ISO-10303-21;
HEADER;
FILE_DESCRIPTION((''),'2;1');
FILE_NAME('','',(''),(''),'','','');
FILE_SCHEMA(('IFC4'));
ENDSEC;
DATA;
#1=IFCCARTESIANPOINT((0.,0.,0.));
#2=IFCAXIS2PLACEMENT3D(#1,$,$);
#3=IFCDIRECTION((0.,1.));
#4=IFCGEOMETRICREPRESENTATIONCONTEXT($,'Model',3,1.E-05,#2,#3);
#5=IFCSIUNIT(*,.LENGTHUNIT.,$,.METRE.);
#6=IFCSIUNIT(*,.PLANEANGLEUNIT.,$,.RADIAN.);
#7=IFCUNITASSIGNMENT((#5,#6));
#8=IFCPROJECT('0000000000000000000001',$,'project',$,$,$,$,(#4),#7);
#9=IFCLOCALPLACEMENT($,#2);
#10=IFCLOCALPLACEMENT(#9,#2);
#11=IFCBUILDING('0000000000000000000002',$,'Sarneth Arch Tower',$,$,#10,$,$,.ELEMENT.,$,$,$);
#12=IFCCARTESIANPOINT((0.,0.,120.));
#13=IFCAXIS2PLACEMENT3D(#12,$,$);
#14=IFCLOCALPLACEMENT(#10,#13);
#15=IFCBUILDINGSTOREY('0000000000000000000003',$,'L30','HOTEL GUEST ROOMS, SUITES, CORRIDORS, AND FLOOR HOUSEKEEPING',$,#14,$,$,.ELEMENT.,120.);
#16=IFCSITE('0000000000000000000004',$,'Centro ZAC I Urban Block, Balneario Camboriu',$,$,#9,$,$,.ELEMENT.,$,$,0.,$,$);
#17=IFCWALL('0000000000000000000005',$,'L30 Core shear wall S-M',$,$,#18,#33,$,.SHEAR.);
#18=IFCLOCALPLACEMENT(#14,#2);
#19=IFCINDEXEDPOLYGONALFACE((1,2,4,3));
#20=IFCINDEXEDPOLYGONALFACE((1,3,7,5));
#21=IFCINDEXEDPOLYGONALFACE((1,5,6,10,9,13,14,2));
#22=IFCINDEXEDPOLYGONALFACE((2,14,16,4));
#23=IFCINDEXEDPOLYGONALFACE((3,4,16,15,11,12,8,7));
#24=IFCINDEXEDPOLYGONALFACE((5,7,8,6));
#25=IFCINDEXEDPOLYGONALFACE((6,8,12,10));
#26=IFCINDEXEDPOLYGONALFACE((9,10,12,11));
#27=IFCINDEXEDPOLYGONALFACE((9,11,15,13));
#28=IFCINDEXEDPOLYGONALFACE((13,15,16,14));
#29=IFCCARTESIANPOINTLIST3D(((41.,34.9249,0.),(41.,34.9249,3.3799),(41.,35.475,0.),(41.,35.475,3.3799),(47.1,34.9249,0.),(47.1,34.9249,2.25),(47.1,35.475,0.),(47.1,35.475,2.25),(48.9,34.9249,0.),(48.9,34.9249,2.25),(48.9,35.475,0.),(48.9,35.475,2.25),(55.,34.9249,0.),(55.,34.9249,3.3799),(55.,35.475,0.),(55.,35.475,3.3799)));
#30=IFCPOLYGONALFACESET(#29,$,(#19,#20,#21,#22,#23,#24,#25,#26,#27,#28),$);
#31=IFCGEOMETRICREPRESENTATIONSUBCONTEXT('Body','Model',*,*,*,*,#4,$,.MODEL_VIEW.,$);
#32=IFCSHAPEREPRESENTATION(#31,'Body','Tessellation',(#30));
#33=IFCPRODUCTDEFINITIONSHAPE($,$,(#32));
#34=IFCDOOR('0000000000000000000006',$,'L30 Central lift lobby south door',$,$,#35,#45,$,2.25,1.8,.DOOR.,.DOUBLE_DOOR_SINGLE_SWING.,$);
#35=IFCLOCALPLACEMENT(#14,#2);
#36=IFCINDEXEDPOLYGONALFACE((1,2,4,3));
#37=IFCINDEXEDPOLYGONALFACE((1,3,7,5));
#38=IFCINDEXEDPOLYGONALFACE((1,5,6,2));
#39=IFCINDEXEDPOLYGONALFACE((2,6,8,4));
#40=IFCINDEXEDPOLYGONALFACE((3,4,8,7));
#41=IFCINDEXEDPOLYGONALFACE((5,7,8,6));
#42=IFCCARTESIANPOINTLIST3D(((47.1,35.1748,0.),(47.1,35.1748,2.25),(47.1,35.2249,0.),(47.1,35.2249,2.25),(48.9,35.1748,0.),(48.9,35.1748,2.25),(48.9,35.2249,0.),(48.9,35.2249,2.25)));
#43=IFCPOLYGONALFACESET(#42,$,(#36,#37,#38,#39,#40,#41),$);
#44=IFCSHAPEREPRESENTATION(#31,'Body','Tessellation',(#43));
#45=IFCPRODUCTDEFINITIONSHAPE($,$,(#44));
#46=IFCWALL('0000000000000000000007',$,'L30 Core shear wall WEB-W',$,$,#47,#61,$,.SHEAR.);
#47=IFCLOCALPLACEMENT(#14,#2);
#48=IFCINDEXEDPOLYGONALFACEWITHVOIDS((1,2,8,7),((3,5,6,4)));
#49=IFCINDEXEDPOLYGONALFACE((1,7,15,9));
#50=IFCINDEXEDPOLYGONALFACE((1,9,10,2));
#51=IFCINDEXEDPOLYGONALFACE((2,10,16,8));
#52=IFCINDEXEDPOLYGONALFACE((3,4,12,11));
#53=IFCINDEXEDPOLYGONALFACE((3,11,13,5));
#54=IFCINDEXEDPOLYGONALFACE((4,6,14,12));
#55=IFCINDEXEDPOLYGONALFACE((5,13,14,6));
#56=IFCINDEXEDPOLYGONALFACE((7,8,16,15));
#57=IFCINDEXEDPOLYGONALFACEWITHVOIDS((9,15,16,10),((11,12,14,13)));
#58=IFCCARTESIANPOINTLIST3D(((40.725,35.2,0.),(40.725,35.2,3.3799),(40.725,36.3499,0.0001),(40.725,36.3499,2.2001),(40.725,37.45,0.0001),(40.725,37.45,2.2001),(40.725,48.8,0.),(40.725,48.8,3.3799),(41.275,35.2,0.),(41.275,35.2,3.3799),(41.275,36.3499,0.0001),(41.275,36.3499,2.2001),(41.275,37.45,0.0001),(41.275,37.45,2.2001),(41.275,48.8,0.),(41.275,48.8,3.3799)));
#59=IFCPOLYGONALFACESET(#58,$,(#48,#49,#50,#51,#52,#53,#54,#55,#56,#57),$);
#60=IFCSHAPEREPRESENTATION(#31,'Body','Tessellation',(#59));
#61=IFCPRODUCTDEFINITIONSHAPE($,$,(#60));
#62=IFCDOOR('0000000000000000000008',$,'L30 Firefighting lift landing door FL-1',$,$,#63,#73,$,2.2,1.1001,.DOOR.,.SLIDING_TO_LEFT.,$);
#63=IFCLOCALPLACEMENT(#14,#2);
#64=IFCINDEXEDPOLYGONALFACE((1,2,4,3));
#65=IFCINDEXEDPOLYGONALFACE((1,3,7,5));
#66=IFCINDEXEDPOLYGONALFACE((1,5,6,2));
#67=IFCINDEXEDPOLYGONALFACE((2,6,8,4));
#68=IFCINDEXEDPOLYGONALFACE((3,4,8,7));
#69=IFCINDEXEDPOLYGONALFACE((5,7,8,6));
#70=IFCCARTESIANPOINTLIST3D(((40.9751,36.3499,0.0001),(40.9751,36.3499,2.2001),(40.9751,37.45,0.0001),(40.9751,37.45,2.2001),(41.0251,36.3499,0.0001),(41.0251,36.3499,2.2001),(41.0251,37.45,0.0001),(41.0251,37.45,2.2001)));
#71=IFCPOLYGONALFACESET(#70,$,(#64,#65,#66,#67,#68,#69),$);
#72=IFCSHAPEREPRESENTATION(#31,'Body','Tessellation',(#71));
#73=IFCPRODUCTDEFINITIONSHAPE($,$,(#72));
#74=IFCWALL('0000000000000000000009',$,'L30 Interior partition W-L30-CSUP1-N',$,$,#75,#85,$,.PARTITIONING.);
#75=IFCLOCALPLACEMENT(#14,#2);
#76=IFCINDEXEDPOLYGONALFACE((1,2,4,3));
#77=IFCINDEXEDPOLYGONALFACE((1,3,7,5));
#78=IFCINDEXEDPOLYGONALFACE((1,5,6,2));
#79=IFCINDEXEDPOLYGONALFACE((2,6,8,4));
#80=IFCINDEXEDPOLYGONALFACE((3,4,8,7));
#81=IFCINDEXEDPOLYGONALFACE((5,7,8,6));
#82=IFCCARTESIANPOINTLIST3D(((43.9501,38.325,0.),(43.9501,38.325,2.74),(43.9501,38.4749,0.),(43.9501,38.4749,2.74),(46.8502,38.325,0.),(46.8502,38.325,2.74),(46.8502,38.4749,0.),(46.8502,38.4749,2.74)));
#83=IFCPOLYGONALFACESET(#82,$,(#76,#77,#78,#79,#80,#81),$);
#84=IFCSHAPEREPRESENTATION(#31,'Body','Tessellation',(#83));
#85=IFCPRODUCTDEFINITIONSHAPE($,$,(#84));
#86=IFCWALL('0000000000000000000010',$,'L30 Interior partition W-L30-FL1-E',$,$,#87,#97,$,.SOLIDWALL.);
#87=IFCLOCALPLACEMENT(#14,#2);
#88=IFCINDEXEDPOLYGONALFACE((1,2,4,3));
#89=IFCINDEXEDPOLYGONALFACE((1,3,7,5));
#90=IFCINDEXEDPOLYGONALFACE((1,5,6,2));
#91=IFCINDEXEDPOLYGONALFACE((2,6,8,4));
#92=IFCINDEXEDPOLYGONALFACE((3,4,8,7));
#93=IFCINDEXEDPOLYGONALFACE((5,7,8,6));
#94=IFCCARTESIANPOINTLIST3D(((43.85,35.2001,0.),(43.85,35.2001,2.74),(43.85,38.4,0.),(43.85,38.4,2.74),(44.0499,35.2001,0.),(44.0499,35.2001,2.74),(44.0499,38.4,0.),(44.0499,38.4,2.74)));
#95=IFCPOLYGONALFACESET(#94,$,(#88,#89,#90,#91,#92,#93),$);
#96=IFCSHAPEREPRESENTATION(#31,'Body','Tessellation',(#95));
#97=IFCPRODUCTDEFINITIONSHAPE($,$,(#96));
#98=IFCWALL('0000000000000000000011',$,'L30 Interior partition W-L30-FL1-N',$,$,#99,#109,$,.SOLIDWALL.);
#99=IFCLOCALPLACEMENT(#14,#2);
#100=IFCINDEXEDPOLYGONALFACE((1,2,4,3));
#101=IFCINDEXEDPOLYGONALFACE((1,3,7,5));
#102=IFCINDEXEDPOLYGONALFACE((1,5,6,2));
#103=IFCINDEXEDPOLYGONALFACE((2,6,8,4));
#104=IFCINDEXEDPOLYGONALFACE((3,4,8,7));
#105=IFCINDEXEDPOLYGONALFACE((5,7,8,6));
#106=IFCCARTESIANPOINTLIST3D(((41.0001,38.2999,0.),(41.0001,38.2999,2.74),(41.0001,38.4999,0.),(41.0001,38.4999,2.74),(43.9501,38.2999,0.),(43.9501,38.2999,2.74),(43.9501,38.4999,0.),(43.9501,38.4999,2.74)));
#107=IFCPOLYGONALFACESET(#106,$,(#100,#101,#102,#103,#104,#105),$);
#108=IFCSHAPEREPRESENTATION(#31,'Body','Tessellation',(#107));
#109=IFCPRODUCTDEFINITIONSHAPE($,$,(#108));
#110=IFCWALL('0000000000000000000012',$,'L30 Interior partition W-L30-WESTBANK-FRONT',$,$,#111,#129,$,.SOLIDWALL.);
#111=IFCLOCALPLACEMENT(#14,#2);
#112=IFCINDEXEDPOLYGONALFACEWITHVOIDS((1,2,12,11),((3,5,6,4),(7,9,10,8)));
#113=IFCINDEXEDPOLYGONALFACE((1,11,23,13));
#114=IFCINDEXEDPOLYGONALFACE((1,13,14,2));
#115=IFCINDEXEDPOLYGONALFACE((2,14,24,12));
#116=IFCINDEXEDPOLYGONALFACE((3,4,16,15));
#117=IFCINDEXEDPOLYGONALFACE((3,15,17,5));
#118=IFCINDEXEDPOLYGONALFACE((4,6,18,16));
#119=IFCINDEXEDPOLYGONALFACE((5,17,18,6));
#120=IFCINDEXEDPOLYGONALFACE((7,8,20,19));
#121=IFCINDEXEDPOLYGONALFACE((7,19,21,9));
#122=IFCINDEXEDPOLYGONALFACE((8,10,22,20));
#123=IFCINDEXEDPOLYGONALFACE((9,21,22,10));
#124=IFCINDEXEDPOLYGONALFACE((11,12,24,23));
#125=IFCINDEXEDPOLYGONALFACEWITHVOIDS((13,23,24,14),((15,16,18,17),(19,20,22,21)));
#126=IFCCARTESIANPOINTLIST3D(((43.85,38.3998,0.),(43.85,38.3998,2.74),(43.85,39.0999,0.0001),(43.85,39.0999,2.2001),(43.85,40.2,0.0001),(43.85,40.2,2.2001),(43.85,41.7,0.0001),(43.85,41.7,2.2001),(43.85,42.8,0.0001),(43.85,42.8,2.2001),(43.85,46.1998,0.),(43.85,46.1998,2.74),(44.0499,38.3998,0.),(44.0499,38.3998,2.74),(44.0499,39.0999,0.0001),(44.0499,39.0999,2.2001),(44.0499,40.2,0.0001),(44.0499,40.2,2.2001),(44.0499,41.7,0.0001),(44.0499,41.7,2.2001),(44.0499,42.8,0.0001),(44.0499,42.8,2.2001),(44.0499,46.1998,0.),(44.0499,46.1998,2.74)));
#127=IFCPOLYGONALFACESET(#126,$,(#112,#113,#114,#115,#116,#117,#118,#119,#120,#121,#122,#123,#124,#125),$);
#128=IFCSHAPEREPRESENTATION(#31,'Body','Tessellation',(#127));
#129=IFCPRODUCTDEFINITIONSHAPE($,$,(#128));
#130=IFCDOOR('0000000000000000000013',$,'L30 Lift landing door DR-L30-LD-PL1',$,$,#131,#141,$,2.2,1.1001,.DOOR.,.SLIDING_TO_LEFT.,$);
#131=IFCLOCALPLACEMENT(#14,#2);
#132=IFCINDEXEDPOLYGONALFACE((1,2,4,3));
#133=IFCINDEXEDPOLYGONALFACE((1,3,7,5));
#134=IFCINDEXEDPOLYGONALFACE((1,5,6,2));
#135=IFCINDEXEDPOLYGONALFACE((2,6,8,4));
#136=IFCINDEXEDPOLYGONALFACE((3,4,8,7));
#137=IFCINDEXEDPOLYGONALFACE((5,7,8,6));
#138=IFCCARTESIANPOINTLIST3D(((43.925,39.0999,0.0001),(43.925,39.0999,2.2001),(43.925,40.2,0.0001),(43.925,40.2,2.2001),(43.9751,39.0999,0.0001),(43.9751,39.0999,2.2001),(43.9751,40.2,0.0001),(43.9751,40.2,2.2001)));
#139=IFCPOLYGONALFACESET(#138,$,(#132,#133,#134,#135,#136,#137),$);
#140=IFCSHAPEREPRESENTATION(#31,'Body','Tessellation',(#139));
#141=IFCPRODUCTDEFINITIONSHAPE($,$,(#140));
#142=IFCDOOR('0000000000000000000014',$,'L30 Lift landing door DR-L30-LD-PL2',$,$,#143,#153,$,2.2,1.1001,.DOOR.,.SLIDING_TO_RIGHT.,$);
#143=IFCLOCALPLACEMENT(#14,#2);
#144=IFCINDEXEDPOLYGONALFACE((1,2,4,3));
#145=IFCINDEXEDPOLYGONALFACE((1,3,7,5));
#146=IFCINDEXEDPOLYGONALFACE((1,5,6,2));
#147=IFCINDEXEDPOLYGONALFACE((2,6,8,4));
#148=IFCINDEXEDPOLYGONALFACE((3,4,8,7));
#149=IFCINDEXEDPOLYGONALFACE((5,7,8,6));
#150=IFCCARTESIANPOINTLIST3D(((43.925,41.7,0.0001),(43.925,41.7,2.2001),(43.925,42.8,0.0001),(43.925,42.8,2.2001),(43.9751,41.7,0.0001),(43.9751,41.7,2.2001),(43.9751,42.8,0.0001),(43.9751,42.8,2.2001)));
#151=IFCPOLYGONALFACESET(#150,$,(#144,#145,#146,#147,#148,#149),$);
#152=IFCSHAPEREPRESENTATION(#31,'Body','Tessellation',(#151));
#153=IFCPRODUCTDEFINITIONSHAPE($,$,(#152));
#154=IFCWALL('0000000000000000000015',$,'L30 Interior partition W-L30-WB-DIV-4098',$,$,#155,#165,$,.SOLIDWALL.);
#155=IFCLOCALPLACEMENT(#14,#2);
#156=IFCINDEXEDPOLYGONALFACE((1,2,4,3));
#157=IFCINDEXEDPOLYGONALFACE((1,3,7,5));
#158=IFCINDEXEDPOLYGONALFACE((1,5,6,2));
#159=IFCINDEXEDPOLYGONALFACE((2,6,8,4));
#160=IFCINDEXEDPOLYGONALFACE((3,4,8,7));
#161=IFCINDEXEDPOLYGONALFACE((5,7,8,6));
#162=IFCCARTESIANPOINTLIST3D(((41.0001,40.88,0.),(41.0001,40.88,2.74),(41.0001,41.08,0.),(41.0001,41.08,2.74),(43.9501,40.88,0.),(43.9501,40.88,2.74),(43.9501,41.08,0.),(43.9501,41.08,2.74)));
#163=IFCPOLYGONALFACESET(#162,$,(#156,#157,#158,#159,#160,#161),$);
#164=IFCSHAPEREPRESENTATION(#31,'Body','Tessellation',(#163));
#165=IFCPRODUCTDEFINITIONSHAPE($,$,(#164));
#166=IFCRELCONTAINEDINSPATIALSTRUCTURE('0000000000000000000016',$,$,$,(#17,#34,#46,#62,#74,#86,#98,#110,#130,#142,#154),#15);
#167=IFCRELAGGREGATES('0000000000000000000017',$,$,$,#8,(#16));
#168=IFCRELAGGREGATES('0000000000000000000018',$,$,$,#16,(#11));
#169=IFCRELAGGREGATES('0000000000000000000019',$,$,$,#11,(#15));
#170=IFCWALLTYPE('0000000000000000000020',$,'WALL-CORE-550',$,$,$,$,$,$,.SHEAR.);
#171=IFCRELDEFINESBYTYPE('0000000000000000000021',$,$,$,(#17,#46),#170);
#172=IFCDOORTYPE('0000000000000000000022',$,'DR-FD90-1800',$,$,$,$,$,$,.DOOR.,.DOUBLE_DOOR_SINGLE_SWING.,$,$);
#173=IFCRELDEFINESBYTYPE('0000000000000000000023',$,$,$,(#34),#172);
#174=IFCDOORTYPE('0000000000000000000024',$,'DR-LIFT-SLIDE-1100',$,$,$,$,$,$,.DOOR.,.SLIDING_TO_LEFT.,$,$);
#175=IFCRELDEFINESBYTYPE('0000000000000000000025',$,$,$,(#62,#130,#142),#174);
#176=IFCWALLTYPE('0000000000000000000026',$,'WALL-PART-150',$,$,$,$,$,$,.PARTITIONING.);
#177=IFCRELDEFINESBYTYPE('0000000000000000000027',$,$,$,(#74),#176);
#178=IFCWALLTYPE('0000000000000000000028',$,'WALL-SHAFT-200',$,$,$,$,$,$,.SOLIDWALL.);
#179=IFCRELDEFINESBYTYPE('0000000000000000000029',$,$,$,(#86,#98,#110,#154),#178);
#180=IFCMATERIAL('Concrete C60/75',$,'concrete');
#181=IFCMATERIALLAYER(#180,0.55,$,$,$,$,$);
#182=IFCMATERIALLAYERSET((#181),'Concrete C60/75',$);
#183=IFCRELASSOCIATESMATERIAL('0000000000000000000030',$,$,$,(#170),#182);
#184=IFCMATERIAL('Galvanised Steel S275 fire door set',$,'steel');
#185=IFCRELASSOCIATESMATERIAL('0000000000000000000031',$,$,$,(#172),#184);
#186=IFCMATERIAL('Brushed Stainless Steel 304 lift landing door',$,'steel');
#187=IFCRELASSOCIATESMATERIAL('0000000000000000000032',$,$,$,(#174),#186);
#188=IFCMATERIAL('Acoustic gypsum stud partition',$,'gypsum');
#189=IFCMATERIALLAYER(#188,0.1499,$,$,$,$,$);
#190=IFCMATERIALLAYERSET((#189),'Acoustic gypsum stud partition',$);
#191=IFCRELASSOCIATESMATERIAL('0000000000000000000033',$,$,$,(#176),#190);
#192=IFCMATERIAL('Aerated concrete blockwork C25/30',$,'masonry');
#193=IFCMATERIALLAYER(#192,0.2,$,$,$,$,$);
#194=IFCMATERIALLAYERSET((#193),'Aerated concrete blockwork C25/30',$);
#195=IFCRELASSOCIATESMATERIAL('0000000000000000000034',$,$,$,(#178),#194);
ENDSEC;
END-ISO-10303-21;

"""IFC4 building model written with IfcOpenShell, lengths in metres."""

from ifc_helpers import new_model, si_unit, direction, frame, frame_2d, origin, place, context, subcontext, project, spatial, rectangle, extrude, material, layer, layer_set, type_object, element, fill, save


model = new_model("IFC4")

# Units and contexts
model_context = context("Model", 3, precision=1e-05, world=origin(), true_north=direction((0.0, 1.0)))
body_context = subcontext(model_context, "Body", "Model", "MODEL_VIEW")
ifc_project = project(units=[si_unit("LENGTHUNIT", "METRE"), si_unit("PLANEANGLEUNIT", "RADIAN")], contexts=[model_context])

# Site, building, storey
site_placement = place(None, origin())
site = spatial("IfcSite", under=ifc_project, at=site_placement, Name="Centro ZAC I Urban Block, Balneario Camboriu", CompositionType="ELEMENT", RefElevation=0.0)
building_placement = place(site_placement, origin())
building = spatial("IfcBuilding", under=site, at=building_placement, Name="Sarneth Arch Tower", CompositionType="ELEMENT")
storey_placement = place(building_placement, frame((0.0, 0.0, 120.0)))
storey = spatial("IfcBuildingStorey", under=building, at=storey_placement, Name="L30", Description="HOTEL GUEST ROOMS, SUITES, CORRIDORS, AND FLOOR HOUSEKEEPING", CompositionType="ELEMENT", Elevation=120.0)

# Shared definitions
ifc_material_1 = material(Name="Concrete C60/75", Category="concrete")
ifc_layer_1 = layer(ifc_material_1, 0.55)
ifc_layer_set_1 = layer_set([ifc_layer_1], Name="Concrete C60/75")
wall_type_1 = type_object("IfcWallType", Name="WALL-CORE-550", PredefinedType="SHEAR", material=ifc_layer_set_1)

# Walls, openings, doors
wall_1_placement = place(storey_placement, frame((41.0, 35.2, 0.0), z_axis=(0.0, 0.0, 1.0), x_axis=(1.0, 0.0, 0.0)))
wall_1 = element("IfcWall", 1, at=wall_1_placement, inside=storey, type_object=wall_type_1, Name="L30 Core shear wall S-M", PredefinedType="SHEAR", context=body_context, shape_type="SweptSolid", body=[
    extrude(rectangle(XDim=14.0, YDim=0.55, at=frame_2d((7.0, 0.0))), origin(), (0.0, 0.0, 1.0), 3.3799),
])
opening_1_placement = place(wall_1_placement, frame((6.1001, 0.0, 0.0)))
opening_1 = element("IfcOpeningElement", 2, at=opening_1_placement, cuts=wall_1, PredefinedType="OPENING", context=body_context, shape_type="SweptSolid", body=[
    extrude(rectangle(XDim=1.8, YDim=2.25, at=frame_2d((0.8999, 1.125))), frame((0.0, 0.2849, 0.0), z_axis=(0.0, -1.0, 0.0), x_axis=(1.0, 0.0, 0.0)), (0.0, 0.0, 1.0), 0.5701),
])
ifc_material_2 = material(Name="Galvanised Steel S275 fire door set", Category="steel")
door_type_1 = type_object("IfcDoorType", Name="DR-FD90-1800", OperationType="DOUBLE_DOOR_SINGLE_SWING", PredefinedType="DOOR", material=ifc_material_2)
door_1_placement = place(opening_1_placement, origin())
door_1 = element("IfcDoor", 3, at=door_1_placement, inside=storey, type_object=door_type_1, Name="L30 Central lift lobby south door", OperationType="DOUBLE_DOOR_SINGLE_SWING", OverallHeight=2.25, OverallWidth=1.8, PredefinedType="DOOR", context=body_context, shape_type="SweptSolid", body=[
    extrude(rectangle(XDim=1.8, YDim=2.25, at=frame_2d((0.8999, 1.125))), frame((0.0, 0.0249, 0.0), z_axis=(0.0, -1.0, 0.0), x_axis=(1.0, 0.0, 0.0)), (0.0, 0.0, 1.0), 0.05),
])
fill(opening_1, door_1)
wall_2_placement = place(storey_placement, frame((41.0, 35.2, 0.0), z_axis=(0.0, 0.0, 1.0), x_axis=(0.0, 1.0, 0.0)))
wall_2 = element("IfcWall", 4, at=wall_2_placement, inside=storey, type_object=wall_type_1, Name="L30 Core shear wall WEB-W", PredefinedType="SHEAR", context=body_context, shape_type="SweptSolid", body=[
    extrude(rectangle(XDim=13.6001, YDim=0.55, at=frame_2d((6.8, 0.0))), origin(), (0.0, 0.0, 1.0), 3.3799),
])
opening_2_placement = place(wall_2_placement, frame((1.1499, 0.0, 0.0)))
opening_2 = element("IfcOpeningElement", 5, at=opening_2_placement, cuts=wall_2, PredefinedType="OPENING", context=body_context, shape_type="SweptSolid", body=[
    extrude(rectangle(XDim=1.1001, YDim=2.2, at=frame_2d((0.55, 1.1001))), frame((0.0, 0.2849, 0.0), z_axis=(0.0, -1.0, 0.0), x_axis=(1.0, 0.0, 0.0)), (0.0, 0.0, 1.0), 0.5701),
])
ifc_material_3 = material(Name="Brushed Stainless Steel 304 lift landing door", Category="steel")
door_type_2 = type_object("IfcDoorType", Name="DR-LIFT-SLIDE-1100", OperationType="SLIDING_TO_LEFT", PredefinedType="DOOR", material=ifc_material_3)
door_2_placement = place(opening_2_placement, origin())
door_2 = element("IfcDoor", 6, at=door_2_placement, inside=storey, type_object=door_type_2, Name="L30 Firefighting lift landing door FL-1", OperationType="SLIDING_TO_LEFT", OverallHeight=2.2, OverallWidth=1.1001, PredefinedType="DOOR", context=body_context, shape_type="SweptSolid", body=[
    extrude(rectangle(XDim=1.1001, YDim=2.2, at=frame_2d((0.55, 1.1001))), frame((0.0, 0.0249, 0.0), z_axis=(0.0, -1.0, 0.0), x_axis=(1.0, 0.0, 0.0)), (0.0, 0.0, 1.0), 0.05),
])
fill(opening_2, door_2)

# Wall
ifc_material_4 = material(Name="Acoustic gypsum stud partition", Category="gypsum")
ifc_layer_2 = layer(ifc_material_4, 0.1499)
ifc_layer_set_2 = layer_set([ifc_layer_2], Name="Acoustic gypsum stud partition")
wall_type_2 = type_object("IfcWallType", Name="WALL-PART-150", PredefinedType="PARTITIONING", material=ifc_layer_set_2)
wall_3_placement = place(storey_placement, frame((43.95, 38.3999, 0.0), z_axis=(0.0, 0.0, 1.0), x_axis=(1.0, 0.0, 0.0)))
element("IfcWall", 7, at=wall_3_placement, inside=storey, type_object=wall_type_2, Name="L30 Interior partition W-L30-CSUP1-N", PredefinedType="PARTITIONING", context=body_context, shape_type="SweptSolid", body=[
    extrude(rectangle(XDim=2.9001, YDim=0.1499, at=frame_2d((1.4502, 0.0))), origin(), (0.0, 0.0, 1.0), 2.74),
])

# Shared definitions
ifc_material_5 = material(Name="Aerated concrete blockwork C25/30", Category="masonry")
ifc_layer_3 = layer(ifc_material_5, 0.2)
ifc_layer_set_3 = layer_set([ifc_layer_3], Name="Aerated concrete blockwork C25/30")
wall_type_3 = type_object("IfcWallType", Name="WALL-SHAFT-200", PredefinedType="SOLIDWALL", material=ifc_layer_set_3)

# Walls
wall_4_placement = place(storey_placement, frame((43.95, 35.2, 0.0), z_axis=(0.0, 0.0, 1.0), x_axis=(0.0, 1.0, 0.0)))
element("IfcWall", 8, at=wall_4_placement, inside=storey, type_object=wall_type_3, Name="L30 Interior partition W-L30-FL1-E", PredefinedType="SOLIDWALL", context=body_context, shape_type="SweptSolid", body=[
    extrude(rectangle(XDim=3.2, YDim=0.2, at=frame_2d((1.6001, 0.0))), origin(), (0.0, 0.0, 1.0), 2.74),
])
wall_5_placement = place(storey_placement, frame((41.0, 38.3999, 0.0), z_axis=(0.0, 0.0, 1.0), x_axis=(1.0, 0.0, 0.0)))
element("IfcWall", 9, at=wall_5_placement, inside=storey, type_object=wall_type_3, Name="L30 Interior partition W-L30-FL1-N", PredefinedType="SOLIDWALL", context=body_context, shape_type="SweptSolid", body=[
    extrude(rectangle(XDim=2.95, YDim=0.2, at=frame_2d((1.4751, 0.0))), origin(), (0.0, 0.0, 1.0), 2.74),
])

# Wall, openings, doors
wall_6_placement = place(storey_placement, frame((43.95, 38.3999, 0.0), z_axis=(0.0, 0.0, 1.0), x_axis=(0.0, 1.0, 0.0)))
wall_6 = element("IfcWall", 10, at=wall_6_placement, inside=storey, type_object=wall_type_3, Name="L30 Interior partition W-L30-WESTBANK-FRONT", PredefinedType="SOLIDWALL", context=body_context, shape_type="SweptSolid", body=[
    extrude(rectangle(XDim=7.8, YDim=0.2, at=frame_2d((3.8999, 0.0))), origin(), (0.0, 0.0, 1.0), 2.74),
])
opening_3_placement = place(wall_6_placement, frame((0.7, 0.0, 0.0)))
opening_3 = element("IfcOpeningElement", 11, at=opening_3_placement, cuts=wall_6, PredefinedType="OPENING", context=body_context, shape_type="SweptSolid", body=[
    extrude(rectangle(XDim=1.1001, YDim=2.2, at=frame_2d((0.55, 1.1001))), frame((0.0, 0.1099, 0.0), z_axis=(0.0, -1.0, 0.0), x_axis=(1.0, 0.0, 0.0)), (0.0, 0.0, 1.0), 0.22),
])
opening_4_placement = place(wall_6_placement, frame((3.3, 0.0, 0.0)))
opening_4 = element("IfcOpeningElement", 12, at=opening_4_placement, cuts=wall_6, PredefinedType="OPENING", context=body_context, shape_type="SweptSolid", body=[
    extrude(rectangle(XDim=1.1001, YDim=2.2, at=frame_2d((0.55, 1.1001))), frame((0.0, 0.1099, 0.0), z_axis=(0.0, -1.0, 0.0), x_axis=(1.0, 0.0, 0.0)), (0.0, 0.0, 1.0), 0.22),
])
door_3_placement = place(opening_3_placement, origin())
door_3 = element("IfcDoor", 13, at=door_3_placement, inside=storey, type_object=door_type_2, Name="L30 Lift landing door DR-L30-LD-PL1", OperationType="SLIDING_TO_LEFT", OverallHeight=2.2, OverallWidth=1.1001, PredefinedType="DOOR", context=body_context, shape_type="SweptSolid", body=[
    extrude(rectangle(XDim=1.1001, YDim=2.2, at=frame_2d((0.55, 1.1001))), frame((0.0, 0.0249, 0.0), z_axis=(0.0, -1.0, 0.0), x_axis=(1.0, 0.0, 0.0)), (0.0, 0.0, 1.0), 0.05),
])
fill(opening_3, door_3)
door_4_placement = place(opening_4_placement, origin())
door_4 = element("IfcDoor", 14, at=door_4_placement, inside=storey, type_object=door_type_2, Name="L30 Lift landing door DR-L30-LD-PL2", OperationType="SLIDING_TO_RIGHT", OverallHeight=2.2, OverallWidth=1.1001, PredefinedType="DOOR", context=body_context, shape_type="SweptSolid", body=[
    extrude(rectangle(XDim=1.1001, YDim=2.2, at=frame_2d((0.55, 1.1001))), frame((0.0, 0.0249, 0.0), z_axis=(0.0, -1.0, 0.0), x_axis=(1.0, 0.0, 0.0)), (0.0, 0.0, 1.0), 0.05),
])
fill(opening_4, door_4)

# Wall
wall_7_placement = place(storey_placement, frame((41.0, 40.98, 0.0), z_axis=(0.0, 0.0, 1.0), x_axis=(1.0, 0.0, 0.0)))
element("IfcWall", 15, at=wall_7_placement, inside=storey, type_object=wall_type_3, Name="L30 Interior partition W-L30-WB-DIV-4098", PredefinedType="SOLIDWALL", context=body_context, shape_type="SweptSolid", body=[
    extrude(rectangle(XDim=2.95, YDim=0.2, at=frame_2d((1.4751, 0.0))), origin(), (0.0, 0.0, 1.0), 2.74),
])

save(model, "model.ifc")
